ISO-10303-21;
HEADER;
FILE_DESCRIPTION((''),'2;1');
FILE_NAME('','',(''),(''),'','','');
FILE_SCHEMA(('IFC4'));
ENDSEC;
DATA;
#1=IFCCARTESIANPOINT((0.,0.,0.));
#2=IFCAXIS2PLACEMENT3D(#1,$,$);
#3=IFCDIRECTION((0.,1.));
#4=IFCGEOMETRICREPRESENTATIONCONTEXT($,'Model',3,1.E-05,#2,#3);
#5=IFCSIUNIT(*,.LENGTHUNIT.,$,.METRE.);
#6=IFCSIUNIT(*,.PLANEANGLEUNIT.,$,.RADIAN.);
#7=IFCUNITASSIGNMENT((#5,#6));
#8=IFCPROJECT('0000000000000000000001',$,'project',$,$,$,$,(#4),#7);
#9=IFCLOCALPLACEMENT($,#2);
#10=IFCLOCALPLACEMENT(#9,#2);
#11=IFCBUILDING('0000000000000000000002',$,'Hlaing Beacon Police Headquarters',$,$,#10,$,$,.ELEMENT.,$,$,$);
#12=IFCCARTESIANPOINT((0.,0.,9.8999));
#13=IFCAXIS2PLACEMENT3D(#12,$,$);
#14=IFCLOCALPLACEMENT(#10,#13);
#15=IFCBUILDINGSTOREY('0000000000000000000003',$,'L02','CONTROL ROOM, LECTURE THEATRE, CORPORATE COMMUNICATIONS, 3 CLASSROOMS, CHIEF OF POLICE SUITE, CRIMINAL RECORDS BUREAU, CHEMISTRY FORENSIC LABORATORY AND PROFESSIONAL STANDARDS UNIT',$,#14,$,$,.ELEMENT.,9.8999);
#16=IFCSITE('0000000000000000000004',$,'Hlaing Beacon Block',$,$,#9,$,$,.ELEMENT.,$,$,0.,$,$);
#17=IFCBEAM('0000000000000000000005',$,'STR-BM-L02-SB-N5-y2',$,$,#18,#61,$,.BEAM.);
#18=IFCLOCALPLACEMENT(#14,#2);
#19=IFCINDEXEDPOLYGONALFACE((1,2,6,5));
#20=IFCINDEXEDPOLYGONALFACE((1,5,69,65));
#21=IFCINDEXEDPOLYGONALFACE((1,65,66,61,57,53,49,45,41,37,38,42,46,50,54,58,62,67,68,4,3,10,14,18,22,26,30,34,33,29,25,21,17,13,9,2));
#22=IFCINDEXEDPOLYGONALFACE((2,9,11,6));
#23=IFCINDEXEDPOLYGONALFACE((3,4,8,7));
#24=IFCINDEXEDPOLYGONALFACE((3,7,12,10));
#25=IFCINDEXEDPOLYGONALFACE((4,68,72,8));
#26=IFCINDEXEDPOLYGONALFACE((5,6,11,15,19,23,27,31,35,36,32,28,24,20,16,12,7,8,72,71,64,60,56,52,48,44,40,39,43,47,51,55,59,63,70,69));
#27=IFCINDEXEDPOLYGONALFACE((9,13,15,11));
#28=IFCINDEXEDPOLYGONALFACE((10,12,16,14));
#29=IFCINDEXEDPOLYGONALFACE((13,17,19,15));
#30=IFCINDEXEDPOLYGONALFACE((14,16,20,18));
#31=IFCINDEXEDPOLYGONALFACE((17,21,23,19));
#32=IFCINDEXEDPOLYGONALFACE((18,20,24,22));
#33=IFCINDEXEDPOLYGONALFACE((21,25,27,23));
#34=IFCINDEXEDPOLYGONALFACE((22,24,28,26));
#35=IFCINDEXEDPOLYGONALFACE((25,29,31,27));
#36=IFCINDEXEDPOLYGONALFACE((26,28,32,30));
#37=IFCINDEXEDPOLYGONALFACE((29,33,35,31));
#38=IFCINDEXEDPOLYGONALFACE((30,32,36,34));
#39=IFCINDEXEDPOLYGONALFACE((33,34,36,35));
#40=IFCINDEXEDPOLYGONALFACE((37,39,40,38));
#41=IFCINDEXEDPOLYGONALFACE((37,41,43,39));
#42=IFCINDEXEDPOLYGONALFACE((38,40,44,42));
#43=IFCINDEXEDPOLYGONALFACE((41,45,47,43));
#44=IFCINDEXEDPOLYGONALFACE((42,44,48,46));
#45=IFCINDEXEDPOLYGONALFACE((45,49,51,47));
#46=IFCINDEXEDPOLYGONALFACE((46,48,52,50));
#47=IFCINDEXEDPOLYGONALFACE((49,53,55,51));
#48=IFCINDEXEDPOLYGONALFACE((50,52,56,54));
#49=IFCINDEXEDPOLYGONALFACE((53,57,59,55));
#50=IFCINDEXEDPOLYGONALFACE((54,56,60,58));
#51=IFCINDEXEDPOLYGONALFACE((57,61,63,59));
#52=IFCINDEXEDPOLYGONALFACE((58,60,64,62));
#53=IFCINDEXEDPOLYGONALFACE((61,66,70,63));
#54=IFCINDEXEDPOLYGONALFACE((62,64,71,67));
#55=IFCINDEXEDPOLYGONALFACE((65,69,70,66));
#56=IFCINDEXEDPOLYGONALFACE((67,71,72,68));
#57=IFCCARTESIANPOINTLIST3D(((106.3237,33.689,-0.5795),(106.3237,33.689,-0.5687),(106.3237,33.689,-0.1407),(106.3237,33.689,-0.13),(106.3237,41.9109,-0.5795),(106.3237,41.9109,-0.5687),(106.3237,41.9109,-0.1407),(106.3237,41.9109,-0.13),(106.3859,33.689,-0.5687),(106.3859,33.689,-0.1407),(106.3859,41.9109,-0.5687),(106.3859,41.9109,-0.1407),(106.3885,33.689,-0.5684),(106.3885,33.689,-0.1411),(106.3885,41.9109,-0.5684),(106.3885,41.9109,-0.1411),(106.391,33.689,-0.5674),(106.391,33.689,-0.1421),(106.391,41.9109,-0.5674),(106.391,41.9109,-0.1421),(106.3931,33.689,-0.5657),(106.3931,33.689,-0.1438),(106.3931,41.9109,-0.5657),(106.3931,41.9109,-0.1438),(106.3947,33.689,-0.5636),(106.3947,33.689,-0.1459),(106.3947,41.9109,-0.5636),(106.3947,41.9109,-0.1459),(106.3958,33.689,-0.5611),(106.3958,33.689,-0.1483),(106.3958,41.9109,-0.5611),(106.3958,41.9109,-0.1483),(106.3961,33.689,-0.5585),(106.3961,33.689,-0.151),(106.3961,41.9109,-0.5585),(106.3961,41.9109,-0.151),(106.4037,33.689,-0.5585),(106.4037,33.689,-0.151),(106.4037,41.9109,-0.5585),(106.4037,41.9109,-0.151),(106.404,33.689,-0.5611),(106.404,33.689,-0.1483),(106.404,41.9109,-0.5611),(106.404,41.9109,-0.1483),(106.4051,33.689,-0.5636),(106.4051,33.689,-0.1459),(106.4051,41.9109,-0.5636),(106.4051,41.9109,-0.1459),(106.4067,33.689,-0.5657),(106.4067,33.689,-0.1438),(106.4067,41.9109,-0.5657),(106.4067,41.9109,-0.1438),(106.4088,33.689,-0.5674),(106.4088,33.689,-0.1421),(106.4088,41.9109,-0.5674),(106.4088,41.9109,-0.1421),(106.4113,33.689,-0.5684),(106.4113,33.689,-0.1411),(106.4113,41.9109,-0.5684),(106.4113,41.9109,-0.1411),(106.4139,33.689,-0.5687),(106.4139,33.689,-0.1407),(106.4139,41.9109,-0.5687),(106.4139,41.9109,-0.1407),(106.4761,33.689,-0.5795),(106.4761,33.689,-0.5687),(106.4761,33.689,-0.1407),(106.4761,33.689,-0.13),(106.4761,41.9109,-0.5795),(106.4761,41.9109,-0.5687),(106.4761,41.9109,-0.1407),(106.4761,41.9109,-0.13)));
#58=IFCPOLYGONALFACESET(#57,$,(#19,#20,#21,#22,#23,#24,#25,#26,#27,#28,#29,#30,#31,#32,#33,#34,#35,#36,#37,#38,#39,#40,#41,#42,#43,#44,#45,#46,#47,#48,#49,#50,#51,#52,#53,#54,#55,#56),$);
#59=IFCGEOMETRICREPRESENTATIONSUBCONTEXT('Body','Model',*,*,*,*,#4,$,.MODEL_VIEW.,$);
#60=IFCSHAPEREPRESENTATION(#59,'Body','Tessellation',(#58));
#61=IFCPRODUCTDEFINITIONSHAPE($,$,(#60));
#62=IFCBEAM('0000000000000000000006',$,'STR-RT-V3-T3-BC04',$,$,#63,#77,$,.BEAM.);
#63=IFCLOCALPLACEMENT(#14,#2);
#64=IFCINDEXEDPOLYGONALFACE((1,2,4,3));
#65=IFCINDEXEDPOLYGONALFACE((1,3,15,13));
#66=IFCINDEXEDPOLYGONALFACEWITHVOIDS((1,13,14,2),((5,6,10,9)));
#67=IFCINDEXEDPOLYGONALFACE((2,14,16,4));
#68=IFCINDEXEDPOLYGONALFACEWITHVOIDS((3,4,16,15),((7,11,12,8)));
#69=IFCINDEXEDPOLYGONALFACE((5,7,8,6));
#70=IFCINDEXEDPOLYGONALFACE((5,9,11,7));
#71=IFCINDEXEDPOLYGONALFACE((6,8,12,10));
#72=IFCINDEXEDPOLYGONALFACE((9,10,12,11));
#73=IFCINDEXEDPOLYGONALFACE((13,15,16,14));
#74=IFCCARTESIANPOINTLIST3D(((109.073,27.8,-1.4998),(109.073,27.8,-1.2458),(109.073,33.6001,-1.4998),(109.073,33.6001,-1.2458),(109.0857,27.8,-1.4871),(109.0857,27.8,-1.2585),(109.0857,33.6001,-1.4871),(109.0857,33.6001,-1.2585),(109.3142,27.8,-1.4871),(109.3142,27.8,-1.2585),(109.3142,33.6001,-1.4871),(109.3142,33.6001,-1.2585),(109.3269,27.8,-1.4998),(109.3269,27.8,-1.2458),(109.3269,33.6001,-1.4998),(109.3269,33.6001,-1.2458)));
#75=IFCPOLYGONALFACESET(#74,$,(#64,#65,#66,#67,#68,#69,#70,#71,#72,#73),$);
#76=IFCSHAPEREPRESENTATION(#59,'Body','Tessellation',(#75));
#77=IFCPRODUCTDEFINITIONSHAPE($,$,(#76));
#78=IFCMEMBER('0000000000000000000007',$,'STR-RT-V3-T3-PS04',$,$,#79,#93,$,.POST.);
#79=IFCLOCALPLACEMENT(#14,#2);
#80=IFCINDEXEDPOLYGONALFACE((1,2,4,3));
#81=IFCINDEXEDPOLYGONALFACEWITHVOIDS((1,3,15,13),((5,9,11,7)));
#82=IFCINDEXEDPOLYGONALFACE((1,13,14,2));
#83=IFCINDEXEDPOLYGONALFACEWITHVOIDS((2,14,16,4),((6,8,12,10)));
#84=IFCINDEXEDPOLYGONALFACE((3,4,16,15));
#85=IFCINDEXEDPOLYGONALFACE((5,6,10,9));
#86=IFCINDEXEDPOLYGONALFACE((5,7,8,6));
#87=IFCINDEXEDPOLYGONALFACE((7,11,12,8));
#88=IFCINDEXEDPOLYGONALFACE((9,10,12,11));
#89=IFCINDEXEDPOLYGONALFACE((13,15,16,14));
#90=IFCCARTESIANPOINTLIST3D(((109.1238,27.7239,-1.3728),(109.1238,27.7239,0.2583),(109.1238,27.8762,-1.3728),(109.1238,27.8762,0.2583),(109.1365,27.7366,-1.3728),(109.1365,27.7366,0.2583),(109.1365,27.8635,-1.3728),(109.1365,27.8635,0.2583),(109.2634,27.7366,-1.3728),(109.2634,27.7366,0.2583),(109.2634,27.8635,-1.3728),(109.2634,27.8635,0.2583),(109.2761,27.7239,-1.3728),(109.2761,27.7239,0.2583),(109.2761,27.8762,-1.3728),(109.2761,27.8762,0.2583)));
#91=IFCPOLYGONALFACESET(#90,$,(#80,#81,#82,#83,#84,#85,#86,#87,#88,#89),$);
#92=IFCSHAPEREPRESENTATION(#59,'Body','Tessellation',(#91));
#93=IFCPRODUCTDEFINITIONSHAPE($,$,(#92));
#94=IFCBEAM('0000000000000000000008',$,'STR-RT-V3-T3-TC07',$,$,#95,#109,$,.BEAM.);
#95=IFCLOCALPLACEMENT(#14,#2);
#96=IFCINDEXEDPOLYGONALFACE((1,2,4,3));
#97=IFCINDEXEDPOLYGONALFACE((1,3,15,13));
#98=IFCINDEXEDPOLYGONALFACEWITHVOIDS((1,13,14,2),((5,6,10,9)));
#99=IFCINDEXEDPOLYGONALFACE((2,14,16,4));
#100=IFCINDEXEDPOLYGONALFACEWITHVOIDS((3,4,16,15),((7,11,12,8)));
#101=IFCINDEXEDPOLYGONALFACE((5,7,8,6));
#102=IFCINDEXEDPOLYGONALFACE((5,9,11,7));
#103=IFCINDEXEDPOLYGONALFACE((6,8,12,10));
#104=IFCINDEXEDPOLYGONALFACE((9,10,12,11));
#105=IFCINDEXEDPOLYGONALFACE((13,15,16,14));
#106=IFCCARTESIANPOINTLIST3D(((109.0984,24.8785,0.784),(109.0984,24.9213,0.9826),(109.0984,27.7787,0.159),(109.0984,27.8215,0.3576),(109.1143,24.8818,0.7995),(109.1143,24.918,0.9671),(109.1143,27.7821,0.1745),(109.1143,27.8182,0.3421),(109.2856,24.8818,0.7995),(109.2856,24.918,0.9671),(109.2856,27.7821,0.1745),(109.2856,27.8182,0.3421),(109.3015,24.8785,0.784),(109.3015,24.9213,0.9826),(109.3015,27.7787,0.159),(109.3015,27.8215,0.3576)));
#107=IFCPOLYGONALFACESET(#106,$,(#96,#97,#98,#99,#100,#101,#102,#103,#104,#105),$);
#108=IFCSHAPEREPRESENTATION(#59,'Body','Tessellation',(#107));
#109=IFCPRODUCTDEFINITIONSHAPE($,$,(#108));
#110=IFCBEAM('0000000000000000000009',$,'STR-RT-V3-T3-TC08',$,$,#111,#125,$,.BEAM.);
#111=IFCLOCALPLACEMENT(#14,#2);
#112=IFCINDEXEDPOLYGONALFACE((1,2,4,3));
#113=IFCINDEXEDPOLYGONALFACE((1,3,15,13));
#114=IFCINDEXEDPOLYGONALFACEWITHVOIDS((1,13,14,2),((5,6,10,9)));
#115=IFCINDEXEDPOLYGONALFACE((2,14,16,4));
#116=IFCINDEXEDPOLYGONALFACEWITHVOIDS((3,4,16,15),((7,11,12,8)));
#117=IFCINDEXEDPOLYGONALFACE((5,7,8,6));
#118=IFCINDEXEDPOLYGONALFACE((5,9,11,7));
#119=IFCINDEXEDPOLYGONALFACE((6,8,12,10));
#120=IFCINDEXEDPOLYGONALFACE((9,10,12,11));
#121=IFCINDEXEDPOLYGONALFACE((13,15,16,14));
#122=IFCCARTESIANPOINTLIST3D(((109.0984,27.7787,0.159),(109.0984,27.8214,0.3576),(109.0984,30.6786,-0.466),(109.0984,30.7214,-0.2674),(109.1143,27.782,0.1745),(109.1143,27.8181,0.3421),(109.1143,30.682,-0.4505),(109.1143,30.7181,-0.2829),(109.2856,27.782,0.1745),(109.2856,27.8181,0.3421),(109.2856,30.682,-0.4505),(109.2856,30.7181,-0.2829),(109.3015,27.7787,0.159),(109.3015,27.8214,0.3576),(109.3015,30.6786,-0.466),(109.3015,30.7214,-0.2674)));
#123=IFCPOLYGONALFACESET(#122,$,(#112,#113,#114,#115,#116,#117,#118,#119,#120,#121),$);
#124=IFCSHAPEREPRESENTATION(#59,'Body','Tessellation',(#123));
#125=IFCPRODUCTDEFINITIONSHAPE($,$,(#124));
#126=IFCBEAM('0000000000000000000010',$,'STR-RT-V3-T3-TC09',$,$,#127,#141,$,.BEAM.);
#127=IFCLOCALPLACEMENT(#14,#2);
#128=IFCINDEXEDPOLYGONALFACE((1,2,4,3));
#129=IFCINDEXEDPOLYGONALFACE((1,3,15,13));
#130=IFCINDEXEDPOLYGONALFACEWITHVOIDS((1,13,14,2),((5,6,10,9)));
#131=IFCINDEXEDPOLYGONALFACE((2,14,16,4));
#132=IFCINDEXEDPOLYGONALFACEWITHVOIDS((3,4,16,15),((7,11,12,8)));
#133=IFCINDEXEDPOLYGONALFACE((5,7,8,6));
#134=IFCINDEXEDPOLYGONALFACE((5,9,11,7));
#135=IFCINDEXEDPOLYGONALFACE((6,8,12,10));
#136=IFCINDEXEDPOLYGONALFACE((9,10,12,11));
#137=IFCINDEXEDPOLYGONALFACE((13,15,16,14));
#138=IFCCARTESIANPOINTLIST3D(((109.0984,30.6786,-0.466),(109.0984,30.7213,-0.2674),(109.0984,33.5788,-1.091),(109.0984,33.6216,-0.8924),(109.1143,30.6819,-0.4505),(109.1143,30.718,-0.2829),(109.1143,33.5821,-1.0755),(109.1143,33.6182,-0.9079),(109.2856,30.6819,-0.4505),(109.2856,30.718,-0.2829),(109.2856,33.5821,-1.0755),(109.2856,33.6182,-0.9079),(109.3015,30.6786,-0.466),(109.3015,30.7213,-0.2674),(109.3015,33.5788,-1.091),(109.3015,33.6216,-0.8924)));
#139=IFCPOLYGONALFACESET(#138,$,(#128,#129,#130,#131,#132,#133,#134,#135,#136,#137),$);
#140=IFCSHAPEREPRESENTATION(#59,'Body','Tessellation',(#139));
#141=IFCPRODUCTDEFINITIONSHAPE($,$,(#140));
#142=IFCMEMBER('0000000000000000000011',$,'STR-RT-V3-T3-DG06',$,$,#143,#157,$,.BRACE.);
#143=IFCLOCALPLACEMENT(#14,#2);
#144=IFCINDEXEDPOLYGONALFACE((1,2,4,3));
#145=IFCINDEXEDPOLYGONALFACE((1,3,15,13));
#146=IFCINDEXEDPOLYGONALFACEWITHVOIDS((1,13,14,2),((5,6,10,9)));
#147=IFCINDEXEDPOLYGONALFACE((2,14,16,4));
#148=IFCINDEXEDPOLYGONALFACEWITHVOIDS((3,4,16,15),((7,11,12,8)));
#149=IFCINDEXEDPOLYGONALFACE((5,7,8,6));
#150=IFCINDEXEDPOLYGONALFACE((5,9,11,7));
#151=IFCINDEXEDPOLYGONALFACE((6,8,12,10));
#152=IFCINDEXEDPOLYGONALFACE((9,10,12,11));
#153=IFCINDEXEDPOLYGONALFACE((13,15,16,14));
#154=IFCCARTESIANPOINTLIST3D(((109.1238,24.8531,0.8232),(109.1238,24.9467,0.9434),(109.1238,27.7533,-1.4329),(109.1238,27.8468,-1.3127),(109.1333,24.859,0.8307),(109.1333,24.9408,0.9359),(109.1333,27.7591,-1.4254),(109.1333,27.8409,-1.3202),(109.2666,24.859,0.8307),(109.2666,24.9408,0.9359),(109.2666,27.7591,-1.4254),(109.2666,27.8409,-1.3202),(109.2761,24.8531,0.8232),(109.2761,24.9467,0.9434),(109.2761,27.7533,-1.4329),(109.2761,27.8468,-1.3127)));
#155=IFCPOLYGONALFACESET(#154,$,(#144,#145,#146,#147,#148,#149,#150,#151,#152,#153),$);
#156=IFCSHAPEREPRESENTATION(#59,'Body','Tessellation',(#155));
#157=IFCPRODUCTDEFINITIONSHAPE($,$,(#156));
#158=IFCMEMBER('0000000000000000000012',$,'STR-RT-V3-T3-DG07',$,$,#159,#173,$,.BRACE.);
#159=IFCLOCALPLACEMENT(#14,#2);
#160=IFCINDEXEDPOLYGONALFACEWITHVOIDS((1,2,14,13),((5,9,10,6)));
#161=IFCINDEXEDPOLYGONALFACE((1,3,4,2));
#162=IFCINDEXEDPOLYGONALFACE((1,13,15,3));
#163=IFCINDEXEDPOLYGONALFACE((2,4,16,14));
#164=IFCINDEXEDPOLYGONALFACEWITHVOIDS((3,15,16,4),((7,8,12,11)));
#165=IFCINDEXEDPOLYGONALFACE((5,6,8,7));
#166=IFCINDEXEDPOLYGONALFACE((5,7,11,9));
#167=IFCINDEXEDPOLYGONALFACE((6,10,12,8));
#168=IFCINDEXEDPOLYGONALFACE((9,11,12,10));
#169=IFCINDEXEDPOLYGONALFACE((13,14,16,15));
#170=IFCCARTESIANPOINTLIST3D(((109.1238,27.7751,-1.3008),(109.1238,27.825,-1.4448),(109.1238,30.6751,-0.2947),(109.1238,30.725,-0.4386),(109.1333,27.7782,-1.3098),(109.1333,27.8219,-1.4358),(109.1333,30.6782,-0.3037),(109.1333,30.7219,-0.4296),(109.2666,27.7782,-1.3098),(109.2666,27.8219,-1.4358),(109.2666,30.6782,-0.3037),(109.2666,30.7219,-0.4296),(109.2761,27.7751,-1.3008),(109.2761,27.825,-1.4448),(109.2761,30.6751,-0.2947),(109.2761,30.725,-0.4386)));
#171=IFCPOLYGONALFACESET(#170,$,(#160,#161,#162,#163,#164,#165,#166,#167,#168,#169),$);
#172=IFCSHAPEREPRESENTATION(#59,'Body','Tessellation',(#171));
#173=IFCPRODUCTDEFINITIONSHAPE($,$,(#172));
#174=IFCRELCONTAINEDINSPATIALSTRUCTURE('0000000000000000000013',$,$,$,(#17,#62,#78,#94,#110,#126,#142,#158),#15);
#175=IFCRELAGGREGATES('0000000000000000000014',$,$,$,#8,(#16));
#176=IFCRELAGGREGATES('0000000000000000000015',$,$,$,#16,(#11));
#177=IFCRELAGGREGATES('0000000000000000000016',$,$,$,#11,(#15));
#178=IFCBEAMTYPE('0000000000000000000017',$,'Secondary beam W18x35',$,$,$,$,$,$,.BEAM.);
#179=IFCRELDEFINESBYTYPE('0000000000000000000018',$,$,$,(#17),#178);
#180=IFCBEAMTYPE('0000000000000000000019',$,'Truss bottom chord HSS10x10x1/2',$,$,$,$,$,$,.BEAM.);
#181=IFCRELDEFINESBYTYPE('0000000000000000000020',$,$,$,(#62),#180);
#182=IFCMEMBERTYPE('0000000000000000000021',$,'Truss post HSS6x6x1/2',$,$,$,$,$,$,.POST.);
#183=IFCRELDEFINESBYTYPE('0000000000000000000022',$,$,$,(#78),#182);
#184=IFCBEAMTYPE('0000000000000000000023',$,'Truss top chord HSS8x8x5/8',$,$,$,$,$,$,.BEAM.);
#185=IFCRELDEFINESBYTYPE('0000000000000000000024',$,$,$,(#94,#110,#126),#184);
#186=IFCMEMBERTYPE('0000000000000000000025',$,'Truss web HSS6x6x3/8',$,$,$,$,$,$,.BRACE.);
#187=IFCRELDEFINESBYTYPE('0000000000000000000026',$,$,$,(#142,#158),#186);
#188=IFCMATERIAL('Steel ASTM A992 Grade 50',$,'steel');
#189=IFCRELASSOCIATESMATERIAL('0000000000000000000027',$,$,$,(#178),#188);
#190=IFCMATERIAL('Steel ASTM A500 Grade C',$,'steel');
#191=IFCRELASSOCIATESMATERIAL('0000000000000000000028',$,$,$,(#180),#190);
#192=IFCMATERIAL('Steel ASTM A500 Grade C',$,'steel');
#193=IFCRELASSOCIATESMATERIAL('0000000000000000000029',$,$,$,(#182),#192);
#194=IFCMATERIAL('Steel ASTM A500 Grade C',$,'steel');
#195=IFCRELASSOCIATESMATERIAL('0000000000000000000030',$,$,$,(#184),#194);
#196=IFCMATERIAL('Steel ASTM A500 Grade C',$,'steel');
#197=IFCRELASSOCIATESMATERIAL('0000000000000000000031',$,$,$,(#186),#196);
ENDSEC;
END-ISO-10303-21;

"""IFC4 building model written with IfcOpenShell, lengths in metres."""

from ifc_helpers import new_model, si_unit, direction, frame, origin, origin_2d, place, context, subcontext, project, spatial, hollow_rectangle, i_section, extrude, material, material_profile, profile_set, type_object, element, save


model = new_model("IFC4")

# Units and contexts
model_context = context("Model", 3, precision=1e-05, world=origin(), true_north=direction((0.0, 1.0)))
body_context = subcontext(model_context, "Body", "Model", "MODEL_VIEW")
ifc_project = project(units=[si_unit("LENGTHUNIT", "METRE"), si_unit("PLANEANGLEUNIT", "RADIAN")], contexts=[model_context])

# Site, building, storey
site_placement = place(None, origin())
site = spatial("IfcSite", under=ifc_project, at=site_placement, Name="Hlaing Beacon Block", CompositionType="ELEMENT", RefElevation=0.0)
building_placement = place(site_placement, origin())
building = spatial("IfcBuilding", under=site, at=building_placement, Name="Hlaing Beacon Police Headquarters", CompositionType="ELEMENT")
storey_placement = place(building_placement, frame((0.0, 0.0, 9.8999)))
storey = spatial("IfcBuildingStorey", under=building, at=storey_placement, Name="L02", Description="CONTROL ROOM, LECTURE THEATRE, CORPORATE COMMUNICATIONS, 3 CLASSROOMS, CHIEF OF POLICE SUITE, CRIMINAL RECORDS BUREAU, CHEMISTRY FORENSIC LABORATORY AND PROFESSIONAL STANDARDS UNIT", CompositionType="ELEMENT", Elevation=9.8999)

# Beams
ifc_material_1 = material(Name="Steel ASTM A992 Grade 50", Category="steel")
ifc_material_profile_1 = material_profile(ifc_material_1, i_section(OverallWidth=0.1523, OverallDepth=0.4495, WebThickness=0.0076, FlangeThickness=0.0107, FilletRadius=0.0103, at=origin_2d()), Name="W18x35")
ifc_profile_set_1 = profile_set([ifc_material_profile_1], Name="Steel ASTM A992 Grade 50")
beam_type_1 = type_object("IfcBeamType", Name="Secondary beam W18x35", PredefinedType="BEAM", material=ifc_profile_set_1)
beam_1_placement = place(storey_placement, frame((106.3999, 33.689, -0.3547), z_axis=(0.0, 1.0, 0.0), x_axis=(-1.0, 0.0, 0.0)))
element("IfcBeam", 1, at=beam_1_placement, inside=storey, type_object=beam_type_1, Name="STR-BM-L02-SB-N5-y2", PredefinedType="BEAM", context=body_context, shape_type="SweptSolid", body=[
    extrude(i_section(OverallWidth=0.1523, OverallDepth=0.4495, WebThickness=0.0076, FlangeThickness=0.0107, FilletRadius=0.0103, at=origin_2d()), origin(), (0.0, 0.0, 1.0), 8.2219),
])
ifc_material_2 = material(Name="Steel ASTM A500 Grade C", Category="steel")
ifc_material_profile_2 = material_profile(ifc_material_2, hollow_rectangle(XDim=0.2539, YDim=0.2539, WallThickness=0.0127, at=origin_2d()), Name="HSS10x10x1/2")
ifc_profile_set_2 = profile_set([ifc_material_profile_2], Name="Steel ASTM A500 Grade C")
beam_type_2 = type_object("IfcBeamType", Name="Truss bottom chord HSS10x10x1/2", PredefinedType="BEAM", material=ifc_profile_set_2)
beam_2_placement = place(storey_placement, frame((109.2, 27.8, -1.3728), z_axis=(0.0, 1.0, 0.0), x_axis=(-1.0, 0.0, 0.0)))
element("IfcBeam", 2, at=beam_2_placement, inside=storey, type_object=beam_type_2, Name="STR-RT-V3-T3-BC04", PredefinedType="BEAM", context=body_context, shape_type="SweptSolid", body=[
    extrude(hollow_rectangle(XDim=0.2539, YDim=0.2539, WallThickness=0.0127, at=origin_2d()), origin(), (0.0, 0.0, 1.0), 5.8),
])

# Member
ifc_material_3 = material(Name="Steel ASTM A500 Grade C", Category="steel")
ifc_material_profile_3 = material_profile(ifc_material_3, hollow_rectangle(XDim=0.1523, YDim=0.1523, WallThickness=0.0127, at=origin_2d()), Name="HSS6x6x1/2")
ifc_profile_set_3 = profile_set([ifc_material_profile_3], Name="Steel ASTM A500 Grade C")
member_type_1 = type_object("IfcMemberType", Name="Truss post HSS6x6x1/2", PredefinedType="POST", material=ifc_profile_set_3)
member_1_placement = place(storey_placement, frame((109.2, 27.8, -1.3728), z_axis=(0.0, 0.0, 1.0), x_axis=(1.0, 0.0, 0.0)))
element("IfcMember", 3, at=member_1_placement, inside=storey, type_object=member_type_1, Name="STR-RT-V3-T3-PS04", PredefinedType="POST", context=body_context, shape_type="SweptSolid", body=[
    extrude(hollow_rectangle(XDim=0.1523, YDim=0.1523, WallThickness=0.0127, at=origin_2d()), origin(), (0.0, 0.0, 1.0), 1.6311),
])

# Beams
ifc_material_4 = material(Name="Steel ASTM A500 Grade C", Category="steel")
ifc_material_profile_4 = material_profile(ifc_material_4, hollow_rectangle(XDim=0.2031, YDim=0.2031, WallThickness=0.0159, at=origin_2d()), Name="HSS8x8x5/8")
ifc_profile_set_4 = profile_set([ifc_material_profile_4], Name="Steel ASTM A500 Grade C")
beam_type_3 = type_object("IfcBeamType", Name="Truss top chord HSS8x8x5/8", PredefinedType="BEAM", material=ifc_profile_set_4)
beam_3_placement = place(storey_placement, frame((109.2, 24.8999, 0.8833), z_axis=(0.0, 0.977557, -0.21067), x_axis=(-1.0, 0.0, 0.0)))
element("IfcBeam", 4, at=beam_3_placement, inside=storey, type_object=beam_type_3, Name="STR-RT-V3-T3-TC07", PredefinedType="BEAM", context=body_context, shape_type="SweptSolid", body=[
    extrude(hollow_rectangle(XDim=0.2031, YDim=0.2031, WallThickness=0.0159, at=origin_2d()), origin(), (0.0, 0.0, 1.0), 2.9668),
])
beam_4_placement = place(storey_placement, frame((109.2, 27.8, 0.2583), z_axis=(0.0, 0.977554, -0.210687), x_axis=(-1.0, 0.0, 0.0)))
element("IfcBeam", 5, at=beam_4_placement, inside=storey, type_object=beam_type_3, Name="STR-RT-V3-T3-TC08", PredefinedType="BEAM", context=body_context, shape_type="SweptSolid", body=[
    extrude(hollow_rectangle(XDim=0.2031, YDim=0.2031, WallThickness=0.0159, at=origin_2d()), origin(), (0.0, 0.0, 1.0), 2.9666),
])
beam_5_placement = place(storey_placement, frame((109.2, 30.7, -0.3667), z_axis=(0.0, 0.977557, -0.21067), x_axis=(-1.0, 0.0, 0.0)))
element("IfcBeam", 6, at=beam_5_placement, inside=storey, type_object=beam_type_3, Name="STR-RT-V3-T3-TC09", PredefinedType="BEAM", context=body_context, shape_type="SweptSolid", body=[
    extrude(hollow_rectangle(XDim=0.2031, YDim=0.2031, WallThickness=0.0159, at=origin_2d()), origin(), (0.0, 0.0, 1.0), 2.9668),
])

# Members
ifc_material_5 = material(Name="Steel ASTM A500 Grade C", Category="steel")
ifc_material_profile_5 = material_profile(ifc_material_5, hollow_rectangle(XDim=0.1523, YDim=0.1523, WallThickness=0.0095, at=origin_2d()), Name="HSS6x6x3/8")
ifc_profile_set_5 = profile_set([ifc_material_profile_5], Name="Steel ASTM A500 Grade C")
member_type_2 = type_object("IfcMemberType", Name="Truss web HSS6x6x3/8", PredefinedType="BRACE", material=ifc_profile_set_5)
member_2_placement = place(storey_placement, frame((109.2, 24.8999, 0.8833), z_axis=(0.0, 0.789295, -0.614014), x_axis=(-1.0, 0.0, 0.0)))
element("IfcMember", 7, at=member_2_placement, inside=storey, type_object=member_type_2, Name="STR-RT-V3-T3-DG06", PredefinedType="BRACE", context=body_context, shape_type="SweptSolid", body=[
    extrude(hollow_rectangle(XDim=0.1523, YDim=0.1523, WallThickness=0.0095, at=origin_2d()), origin(), (0.0, 0.0, 1.0), 3.6743),
])
member_3_placement = place(storey_placement, frame((109.2, 27.8, -1.3728), z_axis=(0.0, 0.944755, 0.327777), x_axis=(-1.0, 0.0, 0.0)))
element("IfcMember", 8, at=member_3_placement, inside=storey, type_object=member_type_2, Name="STR-RT-V3-T3-DG07", PredefinedType="BRACE", context=body_context, shape_type="SweptSolid", body=[
    extrude(hollow_rectangle(XDim=0.1523, YDim=0.1523, WallThickness=0.0095, at=origin_2d()), origin(), (0.0, 0.0, 1.0), 3.0696),
])

save(model, "model.ifc")
